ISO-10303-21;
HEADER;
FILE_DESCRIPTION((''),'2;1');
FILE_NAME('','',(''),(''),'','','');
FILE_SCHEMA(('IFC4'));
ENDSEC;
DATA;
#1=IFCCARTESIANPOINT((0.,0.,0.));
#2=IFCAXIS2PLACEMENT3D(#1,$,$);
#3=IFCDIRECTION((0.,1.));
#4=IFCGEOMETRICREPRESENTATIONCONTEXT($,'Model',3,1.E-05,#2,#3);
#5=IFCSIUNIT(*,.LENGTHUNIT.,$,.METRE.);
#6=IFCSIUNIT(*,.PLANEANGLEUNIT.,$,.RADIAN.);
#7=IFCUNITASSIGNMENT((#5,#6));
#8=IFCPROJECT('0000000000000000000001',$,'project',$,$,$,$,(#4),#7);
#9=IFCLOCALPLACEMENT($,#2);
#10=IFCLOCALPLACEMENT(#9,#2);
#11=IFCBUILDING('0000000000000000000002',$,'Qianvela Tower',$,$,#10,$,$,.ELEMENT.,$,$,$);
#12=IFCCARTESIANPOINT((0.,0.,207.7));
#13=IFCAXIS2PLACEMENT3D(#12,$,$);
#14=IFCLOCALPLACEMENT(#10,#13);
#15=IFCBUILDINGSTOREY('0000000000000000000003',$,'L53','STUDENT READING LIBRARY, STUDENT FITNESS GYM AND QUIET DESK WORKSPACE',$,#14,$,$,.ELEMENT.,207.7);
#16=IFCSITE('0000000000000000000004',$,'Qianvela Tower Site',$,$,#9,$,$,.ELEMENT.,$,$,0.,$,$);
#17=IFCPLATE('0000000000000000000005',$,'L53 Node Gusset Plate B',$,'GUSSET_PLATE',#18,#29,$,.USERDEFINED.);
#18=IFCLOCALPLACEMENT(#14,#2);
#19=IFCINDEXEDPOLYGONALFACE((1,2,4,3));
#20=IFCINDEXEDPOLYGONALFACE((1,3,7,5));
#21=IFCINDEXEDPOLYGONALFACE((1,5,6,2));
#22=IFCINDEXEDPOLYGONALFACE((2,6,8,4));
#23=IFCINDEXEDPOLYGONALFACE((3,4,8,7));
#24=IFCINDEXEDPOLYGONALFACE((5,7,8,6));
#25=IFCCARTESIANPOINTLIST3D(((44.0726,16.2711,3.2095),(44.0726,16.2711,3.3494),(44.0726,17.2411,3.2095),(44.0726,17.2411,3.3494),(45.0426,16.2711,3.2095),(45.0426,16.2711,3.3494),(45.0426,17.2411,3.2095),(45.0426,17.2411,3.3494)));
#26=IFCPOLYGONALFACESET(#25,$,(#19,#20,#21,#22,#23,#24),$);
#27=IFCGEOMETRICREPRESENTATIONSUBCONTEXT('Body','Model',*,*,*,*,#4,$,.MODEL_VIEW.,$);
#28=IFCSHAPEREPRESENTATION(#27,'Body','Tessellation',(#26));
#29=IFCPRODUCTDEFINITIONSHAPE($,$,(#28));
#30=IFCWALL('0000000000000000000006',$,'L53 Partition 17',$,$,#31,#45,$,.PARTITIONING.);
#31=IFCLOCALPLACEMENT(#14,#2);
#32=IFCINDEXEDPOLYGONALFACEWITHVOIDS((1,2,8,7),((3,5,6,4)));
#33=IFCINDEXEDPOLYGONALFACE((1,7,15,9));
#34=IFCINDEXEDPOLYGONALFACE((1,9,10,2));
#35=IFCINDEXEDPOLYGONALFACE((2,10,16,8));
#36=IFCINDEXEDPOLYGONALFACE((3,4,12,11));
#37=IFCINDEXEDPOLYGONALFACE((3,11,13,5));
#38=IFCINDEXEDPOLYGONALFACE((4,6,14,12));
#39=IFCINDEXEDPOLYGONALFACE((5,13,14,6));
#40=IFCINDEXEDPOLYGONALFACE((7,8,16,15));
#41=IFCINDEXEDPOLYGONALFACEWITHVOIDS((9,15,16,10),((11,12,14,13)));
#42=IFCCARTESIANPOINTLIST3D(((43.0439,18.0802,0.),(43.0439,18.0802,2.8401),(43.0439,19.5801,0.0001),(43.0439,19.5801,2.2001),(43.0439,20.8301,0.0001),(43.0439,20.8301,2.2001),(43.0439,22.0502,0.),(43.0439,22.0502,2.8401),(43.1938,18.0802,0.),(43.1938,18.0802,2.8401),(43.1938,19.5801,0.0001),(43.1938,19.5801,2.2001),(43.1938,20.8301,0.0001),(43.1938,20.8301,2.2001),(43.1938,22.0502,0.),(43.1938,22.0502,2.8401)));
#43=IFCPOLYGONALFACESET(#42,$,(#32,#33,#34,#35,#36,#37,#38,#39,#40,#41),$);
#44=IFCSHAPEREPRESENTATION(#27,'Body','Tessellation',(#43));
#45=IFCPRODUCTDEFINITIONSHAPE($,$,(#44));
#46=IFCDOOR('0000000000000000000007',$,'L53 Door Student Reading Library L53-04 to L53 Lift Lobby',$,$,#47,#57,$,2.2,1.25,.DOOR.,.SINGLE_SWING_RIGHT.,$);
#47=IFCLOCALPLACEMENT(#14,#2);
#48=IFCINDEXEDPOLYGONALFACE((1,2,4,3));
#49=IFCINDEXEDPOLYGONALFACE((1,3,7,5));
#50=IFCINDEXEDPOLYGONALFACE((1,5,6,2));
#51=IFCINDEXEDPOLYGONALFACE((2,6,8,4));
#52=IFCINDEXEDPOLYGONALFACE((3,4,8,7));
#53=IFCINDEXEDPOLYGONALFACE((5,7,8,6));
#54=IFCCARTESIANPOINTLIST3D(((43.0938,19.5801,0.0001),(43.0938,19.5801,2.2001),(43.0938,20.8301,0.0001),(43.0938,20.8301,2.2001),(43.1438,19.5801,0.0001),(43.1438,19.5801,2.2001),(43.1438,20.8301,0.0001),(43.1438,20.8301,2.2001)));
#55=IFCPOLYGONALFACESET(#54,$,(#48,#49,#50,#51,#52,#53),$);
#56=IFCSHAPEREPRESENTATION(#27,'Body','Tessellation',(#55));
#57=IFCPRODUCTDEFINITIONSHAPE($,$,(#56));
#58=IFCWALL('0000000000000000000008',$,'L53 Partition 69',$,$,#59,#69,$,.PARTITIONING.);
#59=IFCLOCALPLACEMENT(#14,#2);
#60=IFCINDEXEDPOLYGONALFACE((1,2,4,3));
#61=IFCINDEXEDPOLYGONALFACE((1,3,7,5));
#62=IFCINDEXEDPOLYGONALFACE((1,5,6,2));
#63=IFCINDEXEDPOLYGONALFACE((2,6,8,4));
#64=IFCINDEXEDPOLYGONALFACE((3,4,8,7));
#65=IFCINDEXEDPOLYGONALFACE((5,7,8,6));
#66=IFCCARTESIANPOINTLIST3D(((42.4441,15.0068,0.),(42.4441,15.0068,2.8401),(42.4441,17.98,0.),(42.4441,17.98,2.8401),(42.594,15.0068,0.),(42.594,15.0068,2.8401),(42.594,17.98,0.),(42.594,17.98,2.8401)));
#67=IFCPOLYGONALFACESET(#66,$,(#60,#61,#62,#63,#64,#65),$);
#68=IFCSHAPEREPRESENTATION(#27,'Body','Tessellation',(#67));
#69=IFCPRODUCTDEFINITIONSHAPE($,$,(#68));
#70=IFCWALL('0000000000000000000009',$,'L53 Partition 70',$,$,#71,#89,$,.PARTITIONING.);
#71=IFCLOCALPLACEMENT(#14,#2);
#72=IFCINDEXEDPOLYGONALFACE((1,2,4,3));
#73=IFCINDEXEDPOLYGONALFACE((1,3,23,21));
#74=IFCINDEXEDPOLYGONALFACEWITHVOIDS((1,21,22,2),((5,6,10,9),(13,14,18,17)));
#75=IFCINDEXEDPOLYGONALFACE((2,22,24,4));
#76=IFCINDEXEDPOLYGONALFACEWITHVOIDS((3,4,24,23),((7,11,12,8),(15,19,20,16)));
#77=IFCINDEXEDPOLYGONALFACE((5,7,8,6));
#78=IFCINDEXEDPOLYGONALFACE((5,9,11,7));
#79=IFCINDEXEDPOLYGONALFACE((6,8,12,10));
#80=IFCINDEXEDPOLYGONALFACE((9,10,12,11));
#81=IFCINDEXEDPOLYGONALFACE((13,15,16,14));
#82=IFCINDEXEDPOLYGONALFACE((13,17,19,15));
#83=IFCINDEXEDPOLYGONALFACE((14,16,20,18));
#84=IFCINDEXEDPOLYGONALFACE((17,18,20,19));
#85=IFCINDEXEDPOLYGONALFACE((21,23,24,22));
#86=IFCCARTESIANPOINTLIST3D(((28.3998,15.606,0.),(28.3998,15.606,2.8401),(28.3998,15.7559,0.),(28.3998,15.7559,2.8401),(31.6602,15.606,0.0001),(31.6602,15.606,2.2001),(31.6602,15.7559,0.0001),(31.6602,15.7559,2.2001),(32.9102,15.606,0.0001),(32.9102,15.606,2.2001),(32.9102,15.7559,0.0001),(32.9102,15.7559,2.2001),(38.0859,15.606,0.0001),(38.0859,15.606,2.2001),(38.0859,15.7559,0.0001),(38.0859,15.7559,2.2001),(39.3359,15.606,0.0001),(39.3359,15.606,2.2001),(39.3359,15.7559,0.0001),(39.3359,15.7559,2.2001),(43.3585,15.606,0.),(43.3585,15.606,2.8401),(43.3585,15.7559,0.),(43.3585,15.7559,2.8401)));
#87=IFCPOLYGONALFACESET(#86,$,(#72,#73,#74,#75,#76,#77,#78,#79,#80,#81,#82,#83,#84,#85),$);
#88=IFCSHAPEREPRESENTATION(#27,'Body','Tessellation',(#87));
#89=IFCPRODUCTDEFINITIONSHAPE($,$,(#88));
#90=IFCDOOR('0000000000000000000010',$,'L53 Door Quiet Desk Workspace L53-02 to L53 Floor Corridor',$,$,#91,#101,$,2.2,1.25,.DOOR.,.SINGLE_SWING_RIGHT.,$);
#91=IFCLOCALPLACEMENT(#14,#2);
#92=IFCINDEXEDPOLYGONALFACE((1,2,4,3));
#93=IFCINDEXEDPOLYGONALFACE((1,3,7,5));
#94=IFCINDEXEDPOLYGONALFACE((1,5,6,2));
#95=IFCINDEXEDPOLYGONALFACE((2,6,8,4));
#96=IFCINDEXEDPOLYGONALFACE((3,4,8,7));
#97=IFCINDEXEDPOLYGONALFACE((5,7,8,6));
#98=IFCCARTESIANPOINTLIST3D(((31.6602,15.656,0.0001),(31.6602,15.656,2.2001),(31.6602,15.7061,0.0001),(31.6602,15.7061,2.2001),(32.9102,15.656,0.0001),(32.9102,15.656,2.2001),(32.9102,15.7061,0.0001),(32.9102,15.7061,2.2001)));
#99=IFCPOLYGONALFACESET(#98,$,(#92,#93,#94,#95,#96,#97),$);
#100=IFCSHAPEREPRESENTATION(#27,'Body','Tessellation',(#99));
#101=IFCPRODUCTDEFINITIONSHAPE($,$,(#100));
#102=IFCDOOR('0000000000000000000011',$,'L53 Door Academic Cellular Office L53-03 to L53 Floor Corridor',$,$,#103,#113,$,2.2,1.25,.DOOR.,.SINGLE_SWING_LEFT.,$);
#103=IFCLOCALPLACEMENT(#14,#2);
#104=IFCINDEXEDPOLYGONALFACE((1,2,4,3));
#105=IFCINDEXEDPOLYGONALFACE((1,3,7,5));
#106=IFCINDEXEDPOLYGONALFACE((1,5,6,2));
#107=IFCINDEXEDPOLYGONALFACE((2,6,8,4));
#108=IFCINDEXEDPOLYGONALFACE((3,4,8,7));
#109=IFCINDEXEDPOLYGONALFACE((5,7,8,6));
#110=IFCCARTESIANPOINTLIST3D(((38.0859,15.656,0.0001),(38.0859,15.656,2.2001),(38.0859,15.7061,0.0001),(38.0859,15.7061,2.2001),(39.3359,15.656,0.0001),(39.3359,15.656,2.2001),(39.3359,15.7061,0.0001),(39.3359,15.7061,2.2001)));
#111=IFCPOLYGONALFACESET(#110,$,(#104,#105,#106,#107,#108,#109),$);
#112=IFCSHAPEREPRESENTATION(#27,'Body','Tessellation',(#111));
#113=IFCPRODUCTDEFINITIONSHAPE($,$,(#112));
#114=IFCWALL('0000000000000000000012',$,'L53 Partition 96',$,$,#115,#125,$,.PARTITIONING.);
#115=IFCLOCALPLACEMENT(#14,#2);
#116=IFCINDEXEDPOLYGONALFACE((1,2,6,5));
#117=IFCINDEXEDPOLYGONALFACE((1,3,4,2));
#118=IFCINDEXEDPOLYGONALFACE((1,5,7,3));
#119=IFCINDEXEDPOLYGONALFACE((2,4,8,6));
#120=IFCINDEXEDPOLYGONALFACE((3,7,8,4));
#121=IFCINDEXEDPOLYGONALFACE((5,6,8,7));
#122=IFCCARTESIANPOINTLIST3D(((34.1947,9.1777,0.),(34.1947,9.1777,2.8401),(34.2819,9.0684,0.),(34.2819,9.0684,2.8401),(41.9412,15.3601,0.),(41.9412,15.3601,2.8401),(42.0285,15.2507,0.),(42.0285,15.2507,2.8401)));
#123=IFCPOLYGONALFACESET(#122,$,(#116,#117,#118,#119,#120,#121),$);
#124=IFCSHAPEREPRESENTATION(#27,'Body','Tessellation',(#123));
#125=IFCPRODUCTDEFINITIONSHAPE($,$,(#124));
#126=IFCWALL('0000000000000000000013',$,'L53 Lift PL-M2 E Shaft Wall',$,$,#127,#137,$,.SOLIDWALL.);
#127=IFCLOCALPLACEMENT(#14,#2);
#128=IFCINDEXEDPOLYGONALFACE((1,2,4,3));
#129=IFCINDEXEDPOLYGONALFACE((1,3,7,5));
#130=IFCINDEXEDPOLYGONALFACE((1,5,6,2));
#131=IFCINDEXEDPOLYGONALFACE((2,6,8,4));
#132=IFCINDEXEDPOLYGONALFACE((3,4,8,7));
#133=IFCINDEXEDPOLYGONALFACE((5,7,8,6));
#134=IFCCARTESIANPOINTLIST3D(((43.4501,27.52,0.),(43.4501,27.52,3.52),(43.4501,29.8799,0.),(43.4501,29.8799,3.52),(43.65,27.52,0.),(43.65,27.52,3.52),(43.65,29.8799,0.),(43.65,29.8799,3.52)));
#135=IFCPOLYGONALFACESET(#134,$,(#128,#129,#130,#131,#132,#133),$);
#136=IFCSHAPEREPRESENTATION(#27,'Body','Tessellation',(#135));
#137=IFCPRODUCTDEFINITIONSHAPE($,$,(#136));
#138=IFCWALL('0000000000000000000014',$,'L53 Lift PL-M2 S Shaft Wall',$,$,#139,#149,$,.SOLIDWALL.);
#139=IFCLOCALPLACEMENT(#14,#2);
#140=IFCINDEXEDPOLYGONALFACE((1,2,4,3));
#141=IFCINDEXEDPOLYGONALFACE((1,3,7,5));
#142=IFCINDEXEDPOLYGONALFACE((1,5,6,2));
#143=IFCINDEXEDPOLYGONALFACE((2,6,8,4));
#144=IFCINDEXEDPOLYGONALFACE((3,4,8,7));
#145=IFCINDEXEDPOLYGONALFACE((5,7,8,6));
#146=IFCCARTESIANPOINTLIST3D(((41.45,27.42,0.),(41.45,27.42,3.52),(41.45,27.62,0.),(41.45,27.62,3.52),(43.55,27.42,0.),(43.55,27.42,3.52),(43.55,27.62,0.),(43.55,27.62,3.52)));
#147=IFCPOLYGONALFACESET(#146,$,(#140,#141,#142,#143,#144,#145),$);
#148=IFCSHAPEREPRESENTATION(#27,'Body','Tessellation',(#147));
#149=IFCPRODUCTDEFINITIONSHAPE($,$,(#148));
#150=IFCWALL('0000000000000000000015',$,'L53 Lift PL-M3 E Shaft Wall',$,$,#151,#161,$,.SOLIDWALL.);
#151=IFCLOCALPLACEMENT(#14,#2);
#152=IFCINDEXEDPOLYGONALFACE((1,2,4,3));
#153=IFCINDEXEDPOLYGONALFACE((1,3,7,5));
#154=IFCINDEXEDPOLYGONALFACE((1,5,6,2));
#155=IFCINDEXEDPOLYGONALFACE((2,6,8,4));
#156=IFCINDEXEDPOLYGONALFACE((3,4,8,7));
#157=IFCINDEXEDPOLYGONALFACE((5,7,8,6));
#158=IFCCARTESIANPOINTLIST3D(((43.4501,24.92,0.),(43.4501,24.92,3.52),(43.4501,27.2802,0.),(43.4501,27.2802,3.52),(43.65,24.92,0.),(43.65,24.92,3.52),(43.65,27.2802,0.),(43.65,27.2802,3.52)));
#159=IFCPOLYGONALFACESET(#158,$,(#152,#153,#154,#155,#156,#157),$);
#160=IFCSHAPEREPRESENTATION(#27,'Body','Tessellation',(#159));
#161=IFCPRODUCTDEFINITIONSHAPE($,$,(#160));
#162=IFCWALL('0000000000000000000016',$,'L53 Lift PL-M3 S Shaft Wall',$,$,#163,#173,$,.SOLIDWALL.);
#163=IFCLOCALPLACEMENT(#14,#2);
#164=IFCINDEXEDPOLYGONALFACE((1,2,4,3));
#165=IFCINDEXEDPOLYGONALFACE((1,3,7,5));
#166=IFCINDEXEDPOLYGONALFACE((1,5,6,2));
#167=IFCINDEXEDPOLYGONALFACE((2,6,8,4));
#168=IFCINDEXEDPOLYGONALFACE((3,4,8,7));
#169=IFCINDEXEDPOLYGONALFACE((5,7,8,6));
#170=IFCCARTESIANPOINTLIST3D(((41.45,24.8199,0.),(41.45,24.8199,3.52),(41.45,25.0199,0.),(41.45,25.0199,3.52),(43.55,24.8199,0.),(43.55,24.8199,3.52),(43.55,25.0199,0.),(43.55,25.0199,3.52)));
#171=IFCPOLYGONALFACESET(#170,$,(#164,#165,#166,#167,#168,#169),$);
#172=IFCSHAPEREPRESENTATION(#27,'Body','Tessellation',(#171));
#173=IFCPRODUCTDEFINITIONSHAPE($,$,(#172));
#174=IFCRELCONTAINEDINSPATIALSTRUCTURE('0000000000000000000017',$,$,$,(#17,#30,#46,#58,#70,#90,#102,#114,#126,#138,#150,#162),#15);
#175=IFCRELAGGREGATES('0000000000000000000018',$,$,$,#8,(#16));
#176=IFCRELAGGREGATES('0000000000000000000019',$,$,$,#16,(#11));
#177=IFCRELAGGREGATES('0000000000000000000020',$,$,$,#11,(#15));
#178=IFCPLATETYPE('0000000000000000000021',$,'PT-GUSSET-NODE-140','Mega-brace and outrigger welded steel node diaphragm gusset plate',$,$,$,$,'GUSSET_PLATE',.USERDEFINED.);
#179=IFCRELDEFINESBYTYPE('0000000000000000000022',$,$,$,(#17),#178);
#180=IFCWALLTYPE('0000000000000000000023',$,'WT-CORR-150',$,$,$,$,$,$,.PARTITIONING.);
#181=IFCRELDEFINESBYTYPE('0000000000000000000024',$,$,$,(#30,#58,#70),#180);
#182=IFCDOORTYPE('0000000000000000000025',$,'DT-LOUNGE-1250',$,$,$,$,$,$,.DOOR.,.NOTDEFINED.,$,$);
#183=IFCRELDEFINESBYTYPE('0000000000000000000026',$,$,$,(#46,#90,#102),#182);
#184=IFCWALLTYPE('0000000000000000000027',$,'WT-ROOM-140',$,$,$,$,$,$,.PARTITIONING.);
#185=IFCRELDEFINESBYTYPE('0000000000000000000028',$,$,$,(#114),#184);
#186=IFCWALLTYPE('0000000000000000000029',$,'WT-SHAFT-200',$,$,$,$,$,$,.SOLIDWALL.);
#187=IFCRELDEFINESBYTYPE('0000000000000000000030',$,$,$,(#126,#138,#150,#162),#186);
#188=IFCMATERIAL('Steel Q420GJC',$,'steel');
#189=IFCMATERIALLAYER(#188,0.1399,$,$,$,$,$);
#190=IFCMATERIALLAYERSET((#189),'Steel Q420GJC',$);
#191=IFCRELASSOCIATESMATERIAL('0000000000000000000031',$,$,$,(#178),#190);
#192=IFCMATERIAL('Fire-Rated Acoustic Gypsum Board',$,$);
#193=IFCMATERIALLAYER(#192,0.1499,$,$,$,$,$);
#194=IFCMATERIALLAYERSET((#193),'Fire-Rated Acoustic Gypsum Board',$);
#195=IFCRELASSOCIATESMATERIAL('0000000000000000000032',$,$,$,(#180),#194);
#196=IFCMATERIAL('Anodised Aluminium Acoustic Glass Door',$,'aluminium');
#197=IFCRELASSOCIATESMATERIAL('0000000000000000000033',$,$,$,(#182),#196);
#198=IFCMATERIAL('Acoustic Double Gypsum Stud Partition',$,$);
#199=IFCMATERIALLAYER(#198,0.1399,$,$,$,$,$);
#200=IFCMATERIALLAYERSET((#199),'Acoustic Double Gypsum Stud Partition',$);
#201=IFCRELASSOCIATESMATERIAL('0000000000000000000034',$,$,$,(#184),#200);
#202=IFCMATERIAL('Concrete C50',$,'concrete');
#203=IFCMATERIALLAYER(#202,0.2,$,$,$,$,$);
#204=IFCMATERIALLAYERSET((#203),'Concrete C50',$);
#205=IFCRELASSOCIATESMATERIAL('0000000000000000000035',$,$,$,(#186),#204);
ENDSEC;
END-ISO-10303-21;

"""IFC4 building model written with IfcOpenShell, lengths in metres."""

from ifc_helpers import new_model, si_unit, direction, frame, frame_2d, origin, origin_2d, place, context, subcontext, project, spatial, rectangle, extrude, material, layer, layer_set, type_object, element, fill, save


model = new_model("IFC4")

# Units and contexts
model_context = context("Model", 3, precision=1e-05, world=origin(), true_north=direction((0.0, 1.0)))
body_context = subcontext(model_context, "Body", "Model", "MODEL_VIEW")
ifc_project = project(units=[si_unit("LENGTHUNIT", "METRE"), si_unit("PLANEANGLEUNIT", "RADIAN")], contexts=[model_context])

# Site, building, storey
site_placement = place(None, origin())
site = spatial("IfcSite", under=ifc_project, at=site_placement, Name="Qianvela Tower Site", CompositionType="ELEMENT", RefElevation=0.0)
building_placement = place(site_placement, origin())
building = spatial("IfcBuilding", under=site, at=building_placement, Name="Qianvela Tower", CompositionType="ELEMENT")
storey_placement = place(building_placement, frame((0.0, 0.0, 207.7)))
storey = spatial("IfcBuildingStorey", under=building, at=storey_placement, Name="L53", Description="STUDENT READING LIBRARY, STUDENT FITNESS GYM AND QUIET DESK WORKSPACE", CompositionType="ELEMENT", Elevation=207.7)

# Plate
ifc_material_1 = material(Name="Steel Q420GJC", Category="steel")
ifc_layer_1 = layer(ifc_material_1, 0.1399)
ifc_layer_set_1 = layer_set([ifc_layer_1], Name="Steel Q420GJC")
plate_type_1 = type_object("IfcPlateType", Name="PT-GUSSET-NODE-140", Description="Mega-brace and outrigger welded steel node diaphragm gusset plate", ElementType="GUSSET_PLATE", PredefinedType="USERDEFINED", material=ifc_layer_set_1)
plate_1_placement = place(storey_placement, frame((44.5576, 16.7561, 3.2095), z_axis=(0.0, 0.0, 1.0), x_axis=(1.0, 0.0, 0.0)))
element("IfcPlate", 1, at=plate_1_placement, inside=storey, type_object=plate_type_1, Name="L53 Node Gusset Plate B", ObjectType="GUSSET_PLATE", PredefinedType="USERDEFINED", context=body_context, shape_type="SweptSolid", body=[
    extrude(rectangle(XDim=0.97, YDim=0.97, at=origin_2d()), origin(), (0.0, 0.0, 1.0), 0.1399),
])

# Wall, opening, door
ifc_material_2 = material(Name="Fire-Rated Acoustic Gypsum Board")
ifc_layer_2 = layer(ifc_material_2, 0.1499)
ifc_layer_set_2 = layer_set([ifc_layer_2], Name="Fire-Rated Acoustic Gypsum Board")
wall_type_1 = type_object("IfcWallType", Name="WT-CORR-150", PredefinedType="PARTITIONING", material=ifc_layer_set_2)
wall_1_placement = place(storey_placement, frame((43.1189, 22.05, 0.0), z_axis=(0.0, 0.0, 1.0), x_axis=(0.0, -1.0, 0.0)))
wall_1 = element("IfcWall", 2, at=wall_1_placement, inside=storey, type_object=wall_type_1, Name="L53 Partition 17", PredefinedType="PARTITIONING", context=body_context, shape_type="SweptSolid", body=[
    extrude(rectangle(XDim=3.97, YDim=0.1499, at=frame_2d((1.9849, 0.0))), origin(), (0.0, 0.0, 1.0), 2.8401),
])
opening_1_placement = place(wall_1_placement, frame((1.22, 0.0, 0.0)))
opening_1 = element("IfcOpeningElement", 3, at=opening_1_placement, cuts=wall_1, PredefinedType="OPENING", context=body_context, shape_type="SweptSolid", body=[
    extrude(rectangle(XDim=1.25, YDim=2.2, at=frame_2d((0.625, 1.1001))), frame((0.0, 0.085, 0.0), z_axis=(0.0, -1.0, 0.0), x_axis=(1.0, 0.0, 0.0)), (0.0, 0.0, 1.0), 0.1699),
])
ifc_material_3 = material(Name="Anodised Aluminium Acoustic Glass Door", Category="aluminium")
door_type_1 = type_object("IfcDoorType", Name="DT-LOUNGE-1250", OperationType="NOTDEFINED", PredefinedType="DOOR", material=ifc_material_3)
door_1_placement = place(opening_1_placement, origin())
door_1 = element("IfcDoor", 4, at=door_1_placement, inside=storey, type_object=door_type_1, Name="L53 Door Student Reading Library L53-04 to L53 Lift Lobby", OperationType="SINGLE_SWING_RIGHT", OverallHeight=2.2, OverallWidth=1.25, PredefinedType="DOOR", context=body_context, shape_type="SweptSolid", body=[
    extrude(rectangle(XDim=1.25, YDim=2.2, at=frame_2d((0.625, 1.1001))), frame((0.0, 0.0249, 0.0), z_axis=(0.0, -1.0, 0.0), x_axis=(1.0, 0.0, 0.0)), (0.0, 0.0, 1.0), 0.05),
])
fill(opening_1, door_1)

# Wall
wall_2_placement = place(storey_placement, frame((42.519, 17.98, 0.0), z_axis=(0.0, 0.0, 1.0), x_axis=(0.0, -1.0, 0.0)))
element("IfcWall", 5, at=wall_2_placement, inside=storey, type_object=wall_type_1, Name="L53 Partition 69", PredefinedType="PARTITIONING", context=body_context, shape_type="SweptSolid", body=[
    extrude(rectangle(XDim=2.9731, YDim=0.1499, at=frame_2d((1.4866, 0.0))), origin(), (0.0, 0.0, 1.0), 2.8401),
])

# Wall, openings, doors
wall_3_placement = place(storey_placement, frame((43.3586, 15.6809, 0.0), z_axis=(0.0, 0.0, 1.0), x_axis=(-1.0, 0.0, 0.0)))
wall_3 = element("IfcWall", 6, at=wall_3_placement, inside=storey, type_object=wall_type_1, Name="L53 Partition 70", PredefinedType="PARTITIONING", context=body_context, shape_type="SweptSolid", body=[
    extrude(rectangle(XDim=14.9587, YDim=0.1499, at=frame_2d((7.4795, 0.0))), origin(), (0.0, 0.0, 1.0), 2.8401),
])
opening_2_placement = place(wall_3_placement, frame((10.4485, 0.0, 0.0)))
opening_2 = element("IfcOpeningElement", 7, at=opening_2_placement, cuts=wall_3, PredefinedType="OPENING", context=body_context, shape_type="SweptSolid", body=[
    extrude(rectangle(XDim=1.25, YDim=2.2, at=frame_2d((0.625, 1.1001))), frame((0.0, 0.085, 0.0), z_axis=(0.0, -1.0, 0.0), x_axis=(1.0, 0.0, 0.0)), (0.0, 0.0, 1.0), 0.1699),
])
opening_3_placement = place(wall_3_placement, frame((4.0227, 0.0, 0.0)))
opening_3 = element("IfcOpeningElement", 8, at=opening_3_placement, cuts=wall_3, PredefinedType="OPENING", context=body_context, shape_type="SweptSolid", body=[
    extrude(rectangle(XDim=1.25, YDim=2.2, at=frame_2d((0.625, 1.1001))), frame((0.0, 0.085, 0.0), z_axis=(0.0, -1.0, 0.0), x_axis=(1.0, 0.0, 0.0)), (0.0, 0.0, 1.0), 0.1699),
])
door_2_placement = place(opening_2_placement, origin())
door_2 = element("IfcDoor", 9, at=door_2_placement, inside=storey, type_object=door_type_1, Name="L53 Door Quiet Desk Workspace L53-02 to L53 Floor Corridor", OperationType="SINGLE_SWING_RIGHT", OverallHeight=2.2, OverallWidth=1.25, PredefinedType="DOOR", context=body_context, shape_type="SweptSolid", body=[
    extrude(rectangle(XDim=1.25, YDim=2.2, at=frame_2d((0.625, 1.1001))), frame((0.0, 0.0249, 0.0), z_axis=(0.0, -1.0, 0.0), x_axis=(1.0, 0.0, 0.0)), (0.0, 0.0, 1.0), 0.05),
])
fill(opening_2, door_2)
door_3_placement = place(opening_3_placement, origin())
door_3 = element("IfcDoor", 10, at=door_3_placement, inside=storey, type_object=door_type_1, Name="L53 Door Academic Cellular Office L53-03 to L53 Floor Corridor", OperationType="SINGLE_SWING_LEFT", OverallHeight=2.2, OverallWidth=1.25, PredefinedType="DOOR", context=body_context, shape_type="SweptSolid", body=[
    extrude(rectangle(XDim=1.25, YDim=2.2, at=frame_2d((0.625, 1.1001))), frame((0.0, 0.0249, 0.0), z_axis=(0.0, -1.0, 0.0), x_axis=(1.0, 0.0, 0.0)), (0.0, 0.0, 1.0), 0.05),
])
fill(opening_3, door_3)

# Walls
ifc_material_4 = material(Name="Acoustic Double Gypsum Stud Partition")
ifc_layer_3 = layer(ifc_material_4, 0.1399)
ifc_layer_set_3 = layer_set([ifc_layer_3], Name="Acoustic Double Gypsum Stud Partition")
wall_type_2 = type_object("IfcWallType", Name="WT-ROOM-140", PredefinedType="PARTITIONING", material=ifc_layer_set_3)
wall_4_placement = place(storey_placement, frame((41.9849, 15.3054, 0.0), z_axis=(0.0, 0.0, 1.0), x_axis=(-0.781601, -0.623778, 0.0)))
element("IfcWall", 11, at=wall_4_placement, inside=storey, type_object=wall_type_2, Name="L53 Partition 96", PredefinedType="PARTITIONING", context=body_context, shape_type="SweptSolid", body=[
    extrude(rectangle(XDim=9.9111, YDim=0.1399, at=frame_2d((4.9556, 0.0))), origin(), (0.0, 0.0, 1.0), 2.8401),
])
ifc_material_5 = material(Name="Concrete C50", Category="concrete")
ifc_layer_4 = layer(ifc_material_5, 0.2)
ifc_layer_set_4 = layer_set([ifc_layer_4], Name="Concrete C50")
wall_type_3 = type_object("IfcWallType", Name="WT-SHAFT-200", PredefinedType="SOLIDWALL", material=ifc_layer_set_4)
wall_5_placement = place(storey_placement, frame((43.55, 27.52, 0.0), z_axis=(0.0, 0.0, 1.0), x_axis=(0.0, 1.0, 0.0)))
element("IfcWall", 12, at=wall_5_placement, inside=storey, type_object=wall_type_3, Name="L53 Lift PL-M2 E Shaft Wall", PredefinedType="SOLIDWALL", context=body_context, shape_type="SweptSolid", body=[
    extrude(rectangle(XDim=2.3599, YDim=0.2, at=frame_2d((1.1799, 0.0))), origin(), (0.0, 0.0, 1.0), 3.52),
])

# Walls
wall_6_placement = place(storey_placement, frame((41.45, 27.52, 0.0), z_axis=(0.0, 0.0, 1.0), x_axis=(1.0, 0.0, 0.0)))
element("IfcWall", 13, at=wall_6_placement, inside=storey, type_object=wall_type_3, Name="L53 Lift PL-M2 S Shaft Wall", PredefinedType="SOLIDWALL", context=body_context, shape_type="SweptSolid", body=[
    extrude(rectangle(XDim=2.1001, YDim=0.2, at=frame_2d((1.05, 0.0))), origin(), (0.0, 0.0, 1.0), 3.52),
])
wall_7_placement = place(storey_placement, frame((43.55, 24.9199, 0.0), z_axis=(0.0, 0.0, 1.0), x_axis=(0.0, 1.0, 0.0)))
element("IfcWall", 14, at=wall_7_placement, inside=storey, type_object=wall_type_3, Name="L53 Lift PL-M3 E Shaft Wall", PredefinedType="SOLIDWALL", context=body_context, shape_type="SweptSolid", body=[
    extrude(rectangle(XDim=2.3601, YDim=0.2, at=frame_2d((1.1802, 0.0))), origin(), (0.0, 0.0, 1.0), 3.52),
])
wall_8_placement = place(storey_placement, frame((41.45, 24.9199, 0.0), z_axis=(0.0, 0.0, 1.0), x_axis=(1.0, 0.0, 0.0)))
element("IfcWall", 15, at=wall_8_placement, inside=storey, type_object=wall_type_3, Name="L53 Lift PL-M3 S Shaft Wall", PredefinedType="SOLIDWALL", context=body_context, shape_type="SweptSolid", body=[
    extrude(rectangle(XDim=2.1001, YDim=0.2, at=frame_2d((1.05, 0.0))), origin(), (0.0, 0.0, 1.0), 3.52),
])

save(model, "model.ifc")
